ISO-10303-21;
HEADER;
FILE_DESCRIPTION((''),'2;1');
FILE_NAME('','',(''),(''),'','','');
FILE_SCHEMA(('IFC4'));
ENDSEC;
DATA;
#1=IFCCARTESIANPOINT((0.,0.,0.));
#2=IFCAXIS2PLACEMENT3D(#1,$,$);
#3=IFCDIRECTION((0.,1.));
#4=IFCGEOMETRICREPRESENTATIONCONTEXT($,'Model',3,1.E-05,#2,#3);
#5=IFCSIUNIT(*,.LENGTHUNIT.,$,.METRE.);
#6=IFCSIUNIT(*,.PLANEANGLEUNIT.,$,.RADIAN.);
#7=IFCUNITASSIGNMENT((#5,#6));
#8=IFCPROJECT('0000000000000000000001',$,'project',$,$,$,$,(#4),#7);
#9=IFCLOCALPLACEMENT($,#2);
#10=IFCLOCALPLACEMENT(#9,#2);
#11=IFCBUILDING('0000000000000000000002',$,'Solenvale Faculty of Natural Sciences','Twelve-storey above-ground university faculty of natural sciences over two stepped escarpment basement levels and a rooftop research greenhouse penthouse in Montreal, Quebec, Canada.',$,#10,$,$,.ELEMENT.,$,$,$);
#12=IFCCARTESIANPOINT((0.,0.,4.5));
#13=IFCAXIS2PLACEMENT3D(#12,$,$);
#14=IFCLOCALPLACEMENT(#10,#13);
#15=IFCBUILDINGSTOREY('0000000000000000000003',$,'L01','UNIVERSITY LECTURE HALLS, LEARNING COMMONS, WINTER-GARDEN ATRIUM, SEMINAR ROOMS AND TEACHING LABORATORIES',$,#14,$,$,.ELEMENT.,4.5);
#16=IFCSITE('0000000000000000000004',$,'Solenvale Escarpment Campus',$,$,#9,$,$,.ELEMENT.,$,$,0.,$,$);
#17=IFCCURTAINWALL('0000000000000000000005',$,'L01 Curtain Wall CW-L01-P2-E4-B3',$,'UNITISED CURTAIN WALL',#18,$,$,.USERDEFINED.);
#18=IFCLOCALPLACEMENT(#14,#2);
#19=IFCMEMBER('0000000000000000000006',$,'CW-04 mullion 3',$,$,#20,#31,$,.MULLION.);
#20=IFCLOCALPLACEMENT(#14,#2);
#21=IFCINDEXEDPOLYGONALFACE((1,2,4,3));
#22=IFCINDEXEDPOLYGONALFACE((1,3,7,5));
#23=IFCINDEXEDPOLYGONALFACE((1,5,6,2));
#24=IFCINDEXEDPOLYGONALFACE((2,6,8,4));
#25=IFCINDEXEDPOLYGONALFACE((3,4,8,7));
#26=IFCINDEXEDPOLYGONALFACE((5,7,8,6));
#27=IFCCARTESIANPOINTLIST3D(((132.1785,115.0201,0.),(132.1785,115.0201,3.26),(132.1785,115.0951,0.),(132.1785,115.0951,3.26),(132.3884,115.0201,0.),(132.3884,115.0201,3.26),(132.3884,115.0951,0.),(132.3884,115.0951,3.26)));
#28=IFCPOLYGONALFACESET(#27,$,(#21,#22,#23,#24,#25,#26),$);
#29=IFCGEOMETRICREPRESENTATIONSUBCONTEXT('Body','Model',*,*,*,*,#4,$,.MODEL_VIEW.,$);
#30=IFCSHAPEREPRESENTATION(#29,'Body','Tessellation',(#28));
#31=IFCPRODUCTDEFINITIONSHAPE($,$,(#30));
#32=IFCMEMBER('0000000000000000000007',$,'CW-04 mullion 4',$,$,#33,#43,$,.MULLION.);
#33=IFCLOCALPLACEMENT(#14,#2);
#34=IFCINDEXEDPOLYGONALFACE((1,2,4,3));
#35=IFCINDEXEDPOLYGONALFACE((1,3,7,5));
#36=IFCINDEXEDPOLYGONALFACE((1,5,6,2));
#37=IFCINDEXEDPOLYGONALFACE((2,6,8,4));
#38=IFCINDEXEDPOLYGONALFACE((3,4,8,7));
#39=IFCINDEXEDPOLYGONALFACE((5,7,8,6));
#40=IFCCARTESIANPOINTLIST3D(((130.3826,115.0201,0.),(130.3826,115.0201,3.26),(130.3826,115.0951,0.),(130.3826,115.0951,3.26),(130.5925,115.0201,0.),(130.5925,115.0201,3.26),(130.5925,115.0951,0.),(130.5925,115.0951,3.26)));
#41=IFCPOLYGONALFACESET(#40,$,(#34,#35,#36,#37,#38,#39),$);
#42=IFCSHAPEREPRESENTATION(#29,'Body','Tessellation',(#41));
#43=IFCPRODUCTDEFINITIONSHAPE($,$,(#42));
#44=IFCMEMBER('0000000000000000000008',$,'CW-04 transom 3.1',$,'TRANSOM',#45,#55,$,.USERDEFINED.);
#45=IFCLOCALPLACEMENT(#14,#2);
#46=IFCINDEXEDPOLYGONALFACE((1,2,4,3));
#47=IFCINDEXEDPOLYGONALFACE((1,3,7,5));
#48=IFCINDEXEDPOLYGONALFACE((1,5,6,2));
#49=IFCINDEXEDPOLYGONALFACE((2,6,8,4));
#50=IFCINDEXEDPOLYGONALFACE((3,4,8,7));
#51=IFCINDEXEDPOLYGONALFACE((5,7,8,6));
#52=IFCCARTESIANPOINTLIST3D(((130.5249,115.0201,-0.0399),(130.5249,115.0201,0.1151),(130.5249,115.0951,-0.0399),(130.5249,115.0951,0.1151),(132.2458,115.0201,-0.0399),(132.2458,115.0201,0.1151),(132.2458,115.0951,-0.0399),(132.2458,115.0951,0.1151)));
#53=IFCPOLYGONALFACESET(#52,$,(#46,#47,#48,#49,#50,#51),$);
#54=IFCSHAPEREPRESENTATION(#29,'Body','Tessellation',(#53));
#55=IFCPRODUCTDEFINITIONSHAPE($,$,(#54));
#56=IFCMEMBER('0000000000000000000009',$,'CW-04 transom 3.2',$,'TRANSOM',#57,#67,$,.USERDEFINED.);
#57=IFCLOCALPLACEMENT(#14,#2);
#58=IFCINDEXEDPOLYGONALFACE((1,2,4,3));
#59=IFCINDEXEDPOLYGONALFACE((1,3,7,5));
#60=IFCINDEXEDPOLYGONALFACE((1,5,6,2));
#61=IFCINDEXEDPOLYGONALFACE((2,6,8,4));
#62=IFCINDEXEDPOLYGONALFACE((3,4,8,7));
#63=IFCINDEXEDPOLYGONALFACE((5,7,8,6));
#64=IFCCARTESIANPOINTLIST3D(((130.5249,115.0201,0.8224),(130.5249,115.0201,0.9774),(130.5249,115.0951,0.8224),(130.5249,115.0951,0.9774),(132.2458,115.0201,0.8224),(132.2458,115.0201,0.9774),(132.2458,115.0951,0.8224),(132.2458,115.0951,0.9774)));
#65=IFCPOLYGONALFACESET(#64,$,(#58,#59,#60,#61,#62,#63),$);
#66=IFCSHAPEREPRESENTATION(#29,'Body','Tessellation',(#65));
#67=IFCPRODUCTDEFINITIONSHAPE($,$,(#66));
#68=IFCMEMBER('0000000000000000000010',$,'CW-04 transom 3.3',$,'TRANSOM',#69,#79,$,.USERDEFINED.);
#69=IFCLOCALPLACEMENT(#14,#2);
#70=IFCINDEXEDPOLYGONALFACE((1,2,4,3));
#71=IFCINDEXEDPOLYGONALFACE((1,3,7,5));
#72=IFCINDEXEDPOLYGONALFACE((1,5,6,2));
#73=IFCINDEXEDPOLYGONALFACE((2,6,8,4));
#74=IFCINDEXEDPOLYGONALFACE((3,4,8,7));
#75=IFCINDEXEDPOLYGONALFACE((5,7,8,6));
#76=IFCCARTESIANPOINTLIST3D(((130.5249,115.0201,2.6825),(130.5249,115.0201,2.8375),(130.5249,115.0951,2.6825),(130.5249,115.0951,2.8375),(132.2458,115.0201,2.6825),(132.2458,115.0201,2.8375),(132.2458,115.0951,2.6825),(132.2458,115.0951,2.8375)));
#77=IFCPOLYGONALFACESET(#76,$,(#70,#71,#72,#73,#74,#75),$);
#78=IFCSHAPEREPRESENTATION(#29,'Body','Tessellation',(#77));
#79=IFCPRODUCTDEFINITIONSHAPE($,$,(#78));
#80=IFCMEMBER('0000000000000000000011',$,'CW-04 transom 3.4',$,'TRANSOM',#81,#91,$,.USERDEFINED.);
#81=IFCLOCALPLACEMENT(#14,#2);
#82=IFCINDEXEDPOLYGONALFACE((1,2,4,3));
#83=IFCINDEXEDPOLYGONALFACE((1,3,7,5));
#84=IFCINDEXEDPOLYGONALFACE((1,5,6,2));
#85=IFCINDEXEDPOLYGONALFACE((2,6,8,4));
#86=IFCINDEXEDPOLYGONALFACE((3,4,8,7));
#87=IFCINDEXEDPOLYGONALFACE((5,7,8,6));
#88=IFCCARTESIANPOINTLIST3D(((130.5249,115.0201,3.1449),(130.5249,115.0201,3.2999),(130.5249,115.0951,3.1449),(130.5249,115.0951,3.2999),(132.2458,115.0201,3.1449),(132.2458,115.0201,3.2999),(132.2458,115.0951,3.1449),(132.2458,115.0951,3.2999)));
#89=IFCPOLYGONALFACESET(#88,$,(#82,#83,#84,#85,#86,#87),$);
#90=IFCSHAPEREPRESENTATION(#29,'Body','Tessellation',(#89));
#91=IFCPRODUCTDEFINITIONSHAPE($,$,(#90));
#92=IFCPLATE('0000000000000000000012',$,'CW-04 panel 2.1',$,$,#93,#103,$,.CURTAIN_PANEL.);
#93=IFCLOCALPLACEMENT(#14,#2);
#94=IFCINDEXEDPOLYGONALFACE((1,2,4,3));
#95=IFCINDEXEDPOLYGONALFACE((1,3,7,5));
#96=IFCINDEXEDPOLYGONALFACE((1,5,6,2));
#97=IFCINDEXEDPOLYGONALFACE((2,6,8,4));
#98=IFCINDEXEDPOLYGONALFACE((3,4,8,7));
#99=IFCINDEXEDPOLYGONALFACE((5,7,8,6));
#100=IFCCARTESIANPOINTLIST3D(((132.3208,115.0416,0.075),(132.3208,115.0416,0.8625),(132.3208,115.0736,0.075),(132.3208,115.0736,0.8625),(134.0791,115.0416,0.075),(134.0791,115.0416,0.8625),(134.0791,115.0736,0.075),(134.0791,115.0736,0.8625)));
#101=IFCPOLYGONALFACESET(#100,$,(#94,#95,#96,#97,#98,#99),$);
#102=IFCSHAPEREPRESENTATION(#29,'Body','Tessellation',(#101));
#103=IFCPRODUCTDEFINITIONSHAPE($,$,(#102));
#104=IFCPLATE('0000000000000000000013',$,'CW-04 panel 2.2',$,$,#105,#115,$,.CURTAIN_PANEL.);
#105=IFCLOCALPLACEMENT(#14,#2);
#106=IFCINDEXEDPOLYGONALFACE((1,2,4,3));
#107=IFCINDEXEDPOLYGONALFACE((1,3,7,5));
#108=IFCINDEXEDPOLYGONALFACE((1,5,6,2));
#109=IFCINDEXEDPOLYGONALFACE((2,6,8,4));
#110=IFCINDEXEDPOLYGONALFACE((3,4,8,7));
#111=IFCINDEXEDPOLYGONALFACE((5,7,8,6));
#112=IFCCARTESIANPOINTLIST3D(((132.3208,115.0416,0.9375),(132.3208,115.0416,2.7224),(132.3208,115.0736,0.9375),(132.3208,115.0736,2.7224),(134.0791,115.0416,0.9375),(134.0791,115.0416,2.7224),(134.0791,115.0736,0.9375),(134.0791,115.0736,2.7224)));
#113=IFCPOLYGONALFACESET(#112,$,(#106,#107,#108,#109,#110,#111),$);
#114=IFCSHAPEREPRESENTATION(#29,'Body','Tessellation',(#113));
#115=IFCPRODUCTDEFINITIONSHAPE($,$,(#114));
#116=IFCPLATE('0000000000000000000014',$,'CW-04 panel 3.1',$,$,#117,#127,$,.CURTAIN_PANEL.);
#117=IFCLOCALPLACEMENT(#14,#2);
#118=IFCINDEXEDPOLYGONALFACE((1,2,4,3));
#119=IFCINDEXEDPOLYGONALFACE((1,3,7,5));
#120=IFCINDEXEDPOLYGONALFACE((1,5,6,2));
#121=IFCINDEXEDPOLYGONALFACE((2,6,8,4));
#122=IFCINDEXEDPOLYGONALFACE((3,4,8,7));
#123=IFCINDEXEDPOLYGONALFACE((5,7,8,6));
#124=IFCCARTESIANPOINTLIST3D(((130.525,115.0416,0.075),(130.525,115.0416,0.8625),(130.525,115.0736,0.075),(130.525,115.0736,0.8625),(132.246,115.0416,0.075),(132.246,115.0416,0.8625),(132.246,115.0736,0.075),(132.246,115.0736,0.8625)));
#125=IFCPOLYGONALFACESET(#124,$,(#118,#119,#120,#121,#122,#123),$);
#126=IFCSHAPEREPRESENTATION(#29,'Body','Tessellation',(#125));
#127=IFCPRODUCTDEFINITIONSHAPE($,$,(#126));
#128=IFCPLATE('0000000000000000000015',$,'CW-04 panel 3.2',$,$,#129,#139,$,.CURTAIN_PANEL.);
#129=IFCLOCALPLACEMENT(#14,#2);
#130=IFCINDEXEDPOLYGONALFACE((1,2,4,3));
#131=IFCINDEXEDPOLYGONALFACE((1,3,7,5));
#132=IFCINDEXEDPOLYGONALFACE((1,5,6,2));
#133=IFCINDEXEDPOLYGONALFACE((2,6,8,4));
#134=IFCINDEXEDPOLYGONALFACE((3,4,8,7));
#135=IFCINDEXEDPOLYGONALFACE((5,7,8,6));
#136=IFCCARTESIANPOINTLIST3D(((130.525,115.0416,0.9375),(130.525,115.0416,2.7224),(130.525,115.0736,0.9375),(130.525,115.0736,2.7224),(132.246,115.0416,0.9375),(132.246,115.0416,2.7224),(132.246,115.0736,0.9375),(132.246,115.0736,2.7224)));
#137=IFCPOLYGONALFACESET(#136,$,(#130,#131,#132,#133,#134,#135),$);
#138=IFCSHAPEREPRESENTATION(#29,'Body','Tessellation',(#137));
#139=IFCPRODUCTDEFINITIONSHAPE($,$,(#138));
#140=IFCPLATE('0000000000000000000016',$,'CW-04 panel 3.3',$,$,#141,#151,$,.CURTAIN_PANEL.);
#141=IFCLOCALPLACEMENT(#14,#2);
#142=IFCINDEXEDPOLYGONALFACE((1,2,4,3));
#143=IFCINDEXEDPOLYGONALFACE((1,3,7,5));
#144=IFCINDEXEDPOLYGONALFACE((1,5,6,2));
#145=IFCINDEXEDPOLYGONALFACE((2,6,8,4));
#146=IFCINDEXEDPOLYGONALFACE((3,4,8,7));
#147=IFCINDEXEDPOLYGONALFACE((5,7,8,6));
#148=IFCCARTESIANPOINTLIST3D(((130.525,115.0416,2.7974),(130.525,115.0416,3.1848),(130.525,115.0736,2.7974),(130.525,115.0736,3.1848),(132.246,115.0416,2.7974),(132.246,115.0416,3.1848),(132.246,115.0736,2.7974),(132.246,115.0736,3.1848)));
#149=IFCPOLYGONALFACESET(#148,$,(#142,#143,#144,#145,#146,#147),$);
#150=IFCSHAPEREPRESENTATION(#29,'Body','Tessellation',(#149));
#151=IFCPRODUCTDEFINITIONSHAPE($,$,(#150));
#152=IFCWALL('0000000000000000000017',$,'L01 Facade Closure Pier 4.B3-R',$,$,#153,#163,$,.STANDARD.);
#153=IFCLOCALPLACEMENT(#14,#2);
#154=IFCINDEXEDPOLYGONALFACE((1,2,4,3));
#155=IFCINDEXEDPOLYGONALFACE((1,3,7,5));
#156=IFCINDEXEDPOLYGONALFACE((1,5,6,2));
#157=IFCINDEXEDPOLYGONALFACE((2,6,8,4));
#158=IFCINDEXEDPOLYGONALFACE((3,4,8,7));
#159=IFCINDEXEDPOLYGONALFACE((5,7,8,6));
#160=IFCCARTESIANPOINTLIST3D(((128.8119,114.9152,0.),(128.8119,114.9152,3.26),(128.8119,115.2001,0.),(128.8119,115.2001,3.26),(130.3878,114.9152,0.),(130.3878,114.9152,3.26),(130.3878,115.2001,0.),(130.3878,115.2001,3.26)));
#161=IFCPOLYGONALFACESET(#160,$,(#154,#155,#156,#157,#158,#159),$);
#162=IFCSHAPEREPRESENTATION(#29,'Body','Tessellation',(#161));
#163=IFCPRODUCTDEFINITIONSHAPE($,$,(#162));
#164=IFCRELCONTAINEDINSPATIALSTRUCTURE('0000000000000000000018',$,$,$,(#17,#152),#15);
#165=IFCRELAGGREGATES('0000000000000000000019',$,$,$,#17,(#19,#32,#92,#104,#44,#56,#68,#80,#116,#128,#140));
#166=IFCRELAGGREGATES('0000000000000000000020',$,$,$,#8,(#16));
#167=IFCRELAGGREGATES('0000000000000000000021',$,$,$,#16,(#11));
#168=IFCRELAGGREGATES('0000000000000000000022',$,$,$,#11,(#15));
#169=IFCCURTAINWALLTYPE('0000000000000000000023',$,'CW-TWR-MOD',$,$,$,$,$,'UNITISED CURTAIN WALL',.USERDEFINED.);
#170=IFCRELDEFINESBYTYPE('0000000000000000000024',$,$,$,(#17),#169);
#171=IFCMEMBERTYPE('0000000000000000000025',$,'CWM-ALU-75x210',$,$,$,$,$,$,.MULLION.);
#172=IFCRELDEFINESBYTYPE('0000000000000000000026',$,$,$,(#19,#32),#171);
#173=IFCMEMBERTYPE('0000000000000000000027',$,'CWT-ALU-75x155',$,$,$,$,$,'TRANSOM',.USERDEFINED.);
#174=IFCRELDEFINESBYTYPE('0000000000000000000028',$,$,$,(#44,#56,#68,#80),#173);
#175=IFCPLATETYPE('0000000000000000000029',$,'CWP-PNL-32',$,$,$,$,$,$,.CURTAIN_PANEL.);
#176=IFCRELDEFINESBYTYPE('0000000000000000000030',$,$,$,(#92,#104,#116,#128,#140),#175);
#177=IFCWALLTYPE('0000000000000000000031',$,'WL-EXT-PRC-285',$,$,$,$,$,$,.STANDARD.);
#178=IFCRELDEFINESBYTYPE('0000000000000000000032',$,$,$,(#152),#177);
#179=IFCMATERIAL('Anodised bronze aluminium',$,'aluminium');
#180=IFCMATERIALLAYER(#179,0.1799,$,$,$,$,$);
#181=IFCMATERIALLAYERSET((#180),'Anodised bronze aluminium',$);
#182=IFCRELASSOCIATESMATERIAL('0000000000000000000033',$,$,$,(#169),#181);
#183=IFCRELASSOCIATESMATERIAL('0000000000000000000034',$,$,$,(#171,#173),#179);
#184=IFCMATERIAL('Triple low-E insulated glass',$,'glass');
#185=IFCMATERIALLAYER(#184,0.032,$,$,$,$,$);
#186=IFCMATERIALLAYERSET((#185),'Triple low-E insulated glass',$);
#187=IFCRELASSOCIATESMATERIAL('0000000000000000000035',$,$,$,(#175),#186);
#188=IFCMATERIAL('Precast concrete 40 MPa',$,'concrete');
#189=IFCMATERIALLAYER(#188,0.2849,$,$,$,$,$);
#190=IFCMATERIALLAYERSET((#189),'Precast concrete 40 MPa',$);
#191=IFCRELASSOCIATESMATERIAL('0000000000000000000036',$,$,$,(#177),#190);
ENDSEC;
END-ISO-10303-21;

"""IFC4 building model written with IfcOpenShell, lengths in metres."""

from ifc_helpers import new_model, si_unit, direction, frame, frame_2d, origin, origin_2d, place, context, subcontext, project, spatial, rectangle, extrude, material, layer, layer_set, material_profile, profile_set, type_object, element, aggregate, save


model = new_model("IFC4")

# Units and contexts
model_context = context("Model", 3, precision=1e-05, world=origin(), true_north=direction((0.0, 1.0)))
body_context = subcontext(model_context, "Body", "Model", "MODEL_VIEW")
ifc_project = project(units=[si_unit("LENGTHUNIT", "METRE"), si_unit("PLANEANGLEUNIT", "RADIAN")], contexts=[model_context])

# Site, building, storey
site_placement = place(None, origin())
site = spatial("IfcSite", under=ifc_project, at=site_placement, Name="Solenvale Escarpment Campus", CompositionType="ELEMENT", RefElevation=0.0)
building_placement = place(site_placement, origin())
building = spatial("IfcBuilding", under=site, at=building_placement, Name="Solenvale Faculty of Natural Sciences", Description="Twelve-storey above-ground university faculty of natural sciences over two stepped escarpment basement levels and a rooftop research greenhouse penthouse in Montreal, Quebec, Canada.", CompositionType="ELEMENT")
storey_placement = place(building_placement, frame((0.0, 0.0, 4.5)))
storey = spatial("IfcBuildingStorey", under=building, at=storey_placement, Name="L01", Description="UNIVERSITY LECTURE HALLS, LEARNING COMMONS, WINTER-GARDEN ATRIUM, SEMINAR ROOMS AND TEACHING LABORATORIES", CompositionType="ELEMENT", Elevation=4.5)

# Curtain wall, members, plates
ifc_material_1 = material(Name="Anodised bronze aluminium", Category="aluminium")
ifc_layer_1 = layer(ifc_material_1, 0.1799)
ifc_layer_set_1 = layer_set([ifc_layer_1], Name="Anodised bronze aluminium")
curtain_wall_type = type_object("IfcCurtainWallType", Name="CW-TWR-MOD", ElementType="UNITISED CURTAIN WALL", PredefinedType="USERDEFINED", material=ifc_layer_set_1)
curtain_wall_placement = place(storey_placement, origin())
curtain_wall = element("IfcCurtainWall", 1, at=curtain_wall_placement, inside=storey, type_object=curtain_wall_type, Name="L01 Curtain Wall CW-L01-P2-E4-B3", ObjectType="UNITISED CURTAIN WALL", PredefinedType="USERDEFINED")
ifc_material_profile_1 = material_profile(ifc_material_1, rectangle(XDim=0.075, YDim=0.21, at=origin_2d()), Name="ALU-MUL-75x210")
ifc_profile_set_1 = profile_set([ifc_material_profile_1], Name="Anodised bronze aluminium")
member_type_1 = type_object("IfcMemberType", Name="CWM-ALU-75x210", PredefinedType="MULLION", material=ifc_profile_set_1)
member_1_placement = place(storey_placement, frame((132.2834, 115.0576, 0.0), z_axis=(0.0, 0.0, 1.0), x_axis=(0.0, -1.0, 0.0)))
member_1 = element("IfcMember", 2, at=member_1_placement, type_object=member_type_1, Name="CW-04 mullion 3", PredefinedType="MULLION", context=body_context, shape_type="SweptSolid", body=[
    extrude(rectangle(XDim=0.075, YDim=0.21, at=origin_2d()), origin(), (0.0, 0.0, 1.0), 3.26),
])
member_2_placement = place(storey_placement, frame((130.4875, 115.0576, 0.0), z_axis=(0.0, 0.0, 1.0), x_axis=(0.0, -1.0, 0.0)))
member_2 = element("IfcMember", 3, at=member_2_placement, type_object=member_type_1, Name="CW-04 mullion 4", PredefinedType="MULLION", context=body_context, shape_type="SweptSolid", body=[
    extrude(rectangle(XDim=0.075, YDim=0.21, at=origin_2d()), origin(), (0.0, 0.0, 1.0), 3.26),
])
ifc_material_profile_2 = material_profile(ifc_material_1, rectangle(XDim=0.075, YDim=0.155, at=origin_2d()), Name="ALU-TRN-75x155")
ifc_profile_set_2 = profile_set([ifc_material_profile_2], Name="Anodised bronze aluminium")
member_type_2 = type_object("IfcMemberType", Name="CWT-ALU-75x155", ElementType="TRANSOM", PredefinedType="USERDEFINED", material=ifc_profile_set_2)
member_3_placement = place(storey_placement, frame((132.2458, 115.0576, 0.0376), z_axis=(-1.0, 0.0, 0.0), x_axis=(0.0, -1.0, 0.0)))
member_3 = element("IfcMember", 4, at=member_3_placement, type_object=member_type_2, Name="CW-04 transom 3.1", ObjectType="TRANSOM", PredefinedType="USERDEFINED", context=body_context, shape_type="SweptSolid", body=[
    extrude(rectangle(XDim=0.075, YDim=0.155, at=origin_2d()), origin(), (0.0, 0.0, 1.0), 1.7209),
])
member_4_placement = place(storey_placement, frame((132.2458, 115.0576, 0.8999), z_axis=(-1.0, 0.0, 0.0), x_axis=(0.0, -1.0, 0.0)))
member_4 = element("IfcMember", 5, at=member_4_placement, type_object=member_type_2, Name="CW-04 transom 3.2", ObjectType="TRANSOM", PredefinedType="USERDEFINED", context=body_context, shape_type="SweptSolid", body=[
    extrude(rectangle(XDim=0.075, YDim=0.155, at=origin_2d()), origin(), (0.0, 0.0, 1.0), 1.7209),
])
member_5_placement = place(storey_placement, frame((132.2458, 115.0576, 2.76), z_axis=(-1.0, 0.0, 0.0), x_axis=(0.0, -1.0, 0.0)))
member_5 = element("IfcMember", 6, at=member_5_placement, type_object=member_type_2, Name="CW-04 transom 3.3", ObjectType="TRANSOM", PredefinedType="USERDEFINED", context=body_context, shape_type="SweptSolid", body=[
    extrude(rectangle(XDim=0.075, YDim=0.155, at=origin_2d()), origin(), (0.0, 0.0, 1.0), 1.7209),
])
member_6_placement = place(storey_placement, frame((132.2458, 115.0576, 3.2224), z_axis=(-1.0, 0.0, 0.0), x_axis=(0.0, -1.0, 0.0)))
member_6 = element("IfcMember", 7, at=member_6_placement, type_object=member_type_2, Name="CW-04 transom 3.4", ObjectType="TRANSOM", PredefinedType="USERDEFINED", context=body_context, shape_type="SweptSolid", body=[
    extrude(rectangle(XDim=0.075, YDim=0.155, at=origin_2d()), origin(), (0.0, 0.0, 1.0), 1.7209),
])
ifc_material_2 = material(Name="Triple low-E insulated glass", Category="glass")
ifc_layer_2 = layer(ifc_material_2, 0.032)
ifc_layer_set_2 = layer_set([ifc_layer_2], Name="Triple low-E insulated glass")
plate_type = type_object("IfcPlateType", Name="CWP-PNL-32", PredefinedType="CURTAIN_PANEL", material=ifc_layer_set_2)
plate_1_placement = place(storey_placement, frame((133.2, 115.0576, 0.075), z_axis=(0.0, 0.0, 1.0), x_axis=(-1.0, 0.0, 0.0)))
plate_1 = element("IfcPlate", 8, at=plate_1_placement, type_object=plate_type, Name="CW-04 panel 2.1", PredefinedType="CURTAIN_PANEL", context=body_context, shape_type="SweptSolid", body=[
    extrude(rectangle(XDim=1.7583, YDim=0.032, at=origin_2d()), origin(), (0.0, 0.0, 1.0), 0.7876),
])
plate_2_placement = place(storey_placement, frame((133.2, 115.0576, 0.9375), z_axis=(0.0, 0.0, 1.0), x_axis=(-1.0, 0.0, 0.0)))
plate_2 = element("IfcPlate", 9, at=plate_2_placement, type_object=plate_type, Name="CW-04 panel 2.2", PredefinedType="CURTAIN_PANEL", context=body_context, shape_type="SweptSolid", body=[
    extrude(rectangle(XDim=1.7583, YDim=0.032, at=origin_2d()), origin(), (0.0, 0.0, 1.0), 1.7849),
])
plate_3_placement = place(storey_placement, frame((131.3855, 115.0576, 0.075), z_axis=(0.0, 0.0, 1.0), x_axis=(-1.0, 0.0, 0.0)))
plate_3 = element("IfcPlate", 10, at=plate_3_placement, type_object=plate_type, Name="CW-04 panel 3.1", PredefinedType="CURTAIN_PANEL", context=body_context, shape_type="SweptSolid", body=[
    extrude(rectangle(XDim=1.7209, YDim=0.032, at=origin_2d()), origin(), (0.0, 0.0, 1.0), 0.7876),
])
plate_4_placement = place(storey_placement, frame((131.3855, 115.0576, 0.9375), z_axis=(0.0, 0.0, 1.0), x_axis=(-1.0, 0.0, 0.0)))
plate_4 = element("IfcPlate", 11, at=plate_4_placement, type_object=plate_type, Name="CW-04 panel 3.2", PredefinedType="CURTAIN_PANEL", context=body_context, shape_type="SweptSolid", body=[
    extrude(rectangle(XDim=1.7209, YDim=0.032, at=origin_2d()), origin(), (0.0, 0.0, 1.0), 1.7849),
])
plate_5_placement = place(storey_placement, frame((131.3855, 115.0576, 2.7974), z_axis=(0.0, 0.0, 1.0), x_axis=(-1.0, 0.0, 0.0)))
plate_5 = element("IfcPlate", 12, at=plate_5_placement, type_object=plate_type, Name="CW-04 panel 3.3", PredefinedType="CURTAIN_PANEL", context=body_context, shape_type="SweptSolid", body=[
    extrude(rectangle(XDim=1.7209, YDim=0.032, at=origin_2d()), origin(), (0.0, 0.0, 1.0), 0.3875),
])
aggregate(curtain_wall, [member_1, member_2, plate_1, plate_2, member_3, member_4, member_5, member_6, plate_3, plate_4, plate_5])

# Wall
ifc_material_3 = material(Name="Precast concrete 40 MPa", Category="concrete")
ifc_layer_3 = layer(ifc_material_3, 0.2849)
ifc_layer_set_3 = layer_set([ifc_layer_3], Name="Precast concrete 40 MPa")
wall_type = type_object("IfcWallType", Name="WL-EXT-PRC-285", PredefinedType="STANDARD", material=ifc_layer_set_3)
wall_placement = place(storey_placement, frame((130.3879, 115.0576, 0.0), z_axis=(0.0, 0.0, 1.0), x_axis=(-1.0, 0.0, 0.0)))
element("IfcWall", 13, at=wall_placement, inside=storey, type_object=wall_type, Name="L01 Facade Closure Pier 4.B3-R", PredefinedType="STANDARD", context=body_context, shape_type="SweptSolid", body=[
    extrude(rectangle(XDim=1.5759, YDim=0.2849, at=frame_2d((0.7881, 0.0))), origin(), (0.0, 0.0, 1.0), 3.26),
])

save(model, "model.ifc")
